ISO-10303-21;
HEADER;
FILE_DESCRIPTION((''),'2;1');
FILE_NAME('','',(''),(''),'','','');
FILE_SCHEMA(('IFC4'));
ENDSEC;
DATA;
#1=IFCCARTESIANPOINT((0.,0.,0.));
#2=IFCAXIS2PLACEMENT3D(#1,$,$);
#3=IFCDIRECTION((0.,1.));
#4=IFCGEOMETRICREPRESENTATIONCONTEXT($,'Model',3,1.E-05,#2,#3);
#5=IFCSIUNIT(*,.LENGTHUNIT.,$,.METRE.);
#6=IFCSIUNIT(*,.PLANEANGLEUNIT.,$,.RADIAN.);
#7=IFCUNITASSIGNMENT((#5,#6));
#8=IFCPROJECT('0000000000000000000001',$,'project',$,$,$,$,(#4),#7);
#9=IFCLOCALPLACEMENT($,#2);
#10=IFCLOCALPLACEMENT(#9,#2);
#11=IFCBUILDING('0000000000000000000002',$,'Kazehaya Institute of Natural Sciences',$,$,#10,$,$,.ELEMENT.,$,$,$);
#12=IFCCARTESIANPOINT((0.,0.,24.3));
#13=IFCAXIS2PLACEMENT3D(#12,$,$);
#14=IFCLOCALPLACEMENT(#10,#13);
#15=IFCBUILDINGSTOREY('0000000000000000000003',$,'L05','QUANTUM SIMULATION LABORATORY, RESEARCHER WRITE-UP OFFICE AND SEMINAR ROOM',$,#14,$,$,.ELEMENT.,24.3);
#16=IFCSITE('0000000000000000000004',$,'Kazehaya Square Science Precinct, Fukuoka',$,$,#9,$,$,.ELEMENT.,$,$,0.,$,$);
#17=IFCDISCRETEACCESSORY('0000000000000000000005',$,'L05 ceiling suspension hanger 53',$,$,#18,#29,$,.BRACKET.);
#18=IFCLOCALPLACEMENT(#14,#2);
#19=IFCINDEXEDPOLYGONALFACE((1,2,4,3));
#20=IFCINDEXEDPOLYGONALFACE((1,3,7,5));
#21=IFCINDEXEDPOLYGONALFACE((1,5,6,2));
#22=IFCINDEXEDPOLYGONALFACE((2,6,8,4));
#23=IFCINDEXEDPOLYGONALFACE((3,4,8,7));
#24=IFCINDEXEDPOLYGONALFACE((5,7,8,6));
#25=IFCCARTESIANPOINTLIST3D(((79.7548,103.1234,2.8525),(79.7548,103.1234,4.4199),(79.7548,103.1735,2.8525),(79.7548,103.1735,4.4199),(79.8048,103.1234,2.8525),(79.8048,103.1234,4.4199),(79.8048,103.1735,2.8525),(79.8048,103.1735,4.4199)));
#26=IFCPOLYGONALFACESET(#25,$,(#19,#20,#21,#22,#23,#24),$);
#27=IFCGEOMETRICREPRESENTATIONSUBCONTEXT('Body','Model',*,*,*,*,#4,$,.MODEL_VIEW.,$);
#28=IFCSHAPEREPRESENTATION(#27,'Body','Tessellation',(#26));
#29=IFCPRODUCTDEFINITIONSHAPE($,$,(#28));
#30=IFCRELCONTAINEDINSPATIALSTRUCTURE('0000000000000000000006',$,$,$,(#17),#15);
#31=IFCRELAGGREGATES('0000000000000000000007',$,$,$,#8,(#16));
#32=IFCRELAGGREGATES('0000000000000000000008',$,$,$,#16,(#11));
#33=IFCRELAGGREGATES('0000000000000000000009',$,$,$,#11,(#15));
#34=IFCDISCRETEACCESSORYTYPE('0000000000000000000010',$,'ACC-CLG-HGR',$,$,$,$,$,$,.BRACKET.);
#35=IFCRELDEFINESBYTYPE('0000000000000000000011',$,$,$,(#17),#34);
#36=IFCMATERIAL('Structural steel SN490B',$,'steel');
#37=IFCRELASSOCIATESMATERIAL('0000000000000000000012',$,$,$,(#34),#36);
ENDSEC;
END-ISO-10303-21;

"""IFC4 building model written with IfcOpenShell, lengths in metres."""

from ifc_helpers import new_model, si_unit, direction, frame, origin, origin_2d, place, context, subcontext, project, spatial, rectangle, extrude, material, type_object, element, save


model = new_model("IFC4")

# Units and contexts
model_context = context("Model", 3, precision=1e-05, world=origin(), true_north=direction((0.0, 1.0)))
body_context = subcontext(model_context, "Body", "Model", "MODEL_VIEW")
ifc_project = project(units=[si_unit("LENGTHUNIT", "METRE"), si_unit("PLANEANGLEUNIT", "RADIAN")], contexts=[model_context])

# Site, building, storey
site_placement = place(None, origin())
site = spatial("IfcSite", under=ifc_project, at=site_placement, Name="Kazehaya Square Science Precinct, Fukuoka", CompositionType="ELEMENT", RefElevation=0.0)
building_placement = place(site_placement, origin())
building = spatial("IfcBuilding", under=site, at=building_placement, Name="Kazehaya Institute of Natural Sciences", CompositionType="ELEMENT")
storey_placement = place(building_placement, frame((0.0, 0.0, 24.3)))
storey = spatial("IfcBuildingStorey", under=building, at=storey_placement, Name="L05", Description="QUANTUM SIMULATION LABORATORY, RESEARCHER WRITE-UP OFFICE AND SEMINAR ROOM", CompositionType="ELEMENT", Elevation=24.3)

# Discrete accessory
ifc_material_1 = material(Name="Structural steel SN490B", Category="steel")
discrete_accessory_type = type_object("IfcDiscreteAccessoryType", Name="ACC-CLG-HGR", PredefinedType="BRACKET", material=ifc_material_1)
discrete_accessory_placement = place(storey_placement, frame((79.7798, 103.1484, 2.8525), z_axis=(0.0, 0.0, 1.0), x_axis=(1.0, 0.0, 0.0)))
element("IfcDiscreteAccessory", 1, at=discrete_accessory_placement, inside=storey, type_object=discrete_accessory_type, Name="L05 ceiling suspension hanger 53", PredefinedType="BRACKET", context=body_context, shape_type="SweptSolid", body=[
    extrude(rectangle(XDim=0.05, YDim=0.05, at=origin_2d()), origin(), (0.0, 0.0, 1.0), 1.5674),
])

save(model, "model.ifc")
